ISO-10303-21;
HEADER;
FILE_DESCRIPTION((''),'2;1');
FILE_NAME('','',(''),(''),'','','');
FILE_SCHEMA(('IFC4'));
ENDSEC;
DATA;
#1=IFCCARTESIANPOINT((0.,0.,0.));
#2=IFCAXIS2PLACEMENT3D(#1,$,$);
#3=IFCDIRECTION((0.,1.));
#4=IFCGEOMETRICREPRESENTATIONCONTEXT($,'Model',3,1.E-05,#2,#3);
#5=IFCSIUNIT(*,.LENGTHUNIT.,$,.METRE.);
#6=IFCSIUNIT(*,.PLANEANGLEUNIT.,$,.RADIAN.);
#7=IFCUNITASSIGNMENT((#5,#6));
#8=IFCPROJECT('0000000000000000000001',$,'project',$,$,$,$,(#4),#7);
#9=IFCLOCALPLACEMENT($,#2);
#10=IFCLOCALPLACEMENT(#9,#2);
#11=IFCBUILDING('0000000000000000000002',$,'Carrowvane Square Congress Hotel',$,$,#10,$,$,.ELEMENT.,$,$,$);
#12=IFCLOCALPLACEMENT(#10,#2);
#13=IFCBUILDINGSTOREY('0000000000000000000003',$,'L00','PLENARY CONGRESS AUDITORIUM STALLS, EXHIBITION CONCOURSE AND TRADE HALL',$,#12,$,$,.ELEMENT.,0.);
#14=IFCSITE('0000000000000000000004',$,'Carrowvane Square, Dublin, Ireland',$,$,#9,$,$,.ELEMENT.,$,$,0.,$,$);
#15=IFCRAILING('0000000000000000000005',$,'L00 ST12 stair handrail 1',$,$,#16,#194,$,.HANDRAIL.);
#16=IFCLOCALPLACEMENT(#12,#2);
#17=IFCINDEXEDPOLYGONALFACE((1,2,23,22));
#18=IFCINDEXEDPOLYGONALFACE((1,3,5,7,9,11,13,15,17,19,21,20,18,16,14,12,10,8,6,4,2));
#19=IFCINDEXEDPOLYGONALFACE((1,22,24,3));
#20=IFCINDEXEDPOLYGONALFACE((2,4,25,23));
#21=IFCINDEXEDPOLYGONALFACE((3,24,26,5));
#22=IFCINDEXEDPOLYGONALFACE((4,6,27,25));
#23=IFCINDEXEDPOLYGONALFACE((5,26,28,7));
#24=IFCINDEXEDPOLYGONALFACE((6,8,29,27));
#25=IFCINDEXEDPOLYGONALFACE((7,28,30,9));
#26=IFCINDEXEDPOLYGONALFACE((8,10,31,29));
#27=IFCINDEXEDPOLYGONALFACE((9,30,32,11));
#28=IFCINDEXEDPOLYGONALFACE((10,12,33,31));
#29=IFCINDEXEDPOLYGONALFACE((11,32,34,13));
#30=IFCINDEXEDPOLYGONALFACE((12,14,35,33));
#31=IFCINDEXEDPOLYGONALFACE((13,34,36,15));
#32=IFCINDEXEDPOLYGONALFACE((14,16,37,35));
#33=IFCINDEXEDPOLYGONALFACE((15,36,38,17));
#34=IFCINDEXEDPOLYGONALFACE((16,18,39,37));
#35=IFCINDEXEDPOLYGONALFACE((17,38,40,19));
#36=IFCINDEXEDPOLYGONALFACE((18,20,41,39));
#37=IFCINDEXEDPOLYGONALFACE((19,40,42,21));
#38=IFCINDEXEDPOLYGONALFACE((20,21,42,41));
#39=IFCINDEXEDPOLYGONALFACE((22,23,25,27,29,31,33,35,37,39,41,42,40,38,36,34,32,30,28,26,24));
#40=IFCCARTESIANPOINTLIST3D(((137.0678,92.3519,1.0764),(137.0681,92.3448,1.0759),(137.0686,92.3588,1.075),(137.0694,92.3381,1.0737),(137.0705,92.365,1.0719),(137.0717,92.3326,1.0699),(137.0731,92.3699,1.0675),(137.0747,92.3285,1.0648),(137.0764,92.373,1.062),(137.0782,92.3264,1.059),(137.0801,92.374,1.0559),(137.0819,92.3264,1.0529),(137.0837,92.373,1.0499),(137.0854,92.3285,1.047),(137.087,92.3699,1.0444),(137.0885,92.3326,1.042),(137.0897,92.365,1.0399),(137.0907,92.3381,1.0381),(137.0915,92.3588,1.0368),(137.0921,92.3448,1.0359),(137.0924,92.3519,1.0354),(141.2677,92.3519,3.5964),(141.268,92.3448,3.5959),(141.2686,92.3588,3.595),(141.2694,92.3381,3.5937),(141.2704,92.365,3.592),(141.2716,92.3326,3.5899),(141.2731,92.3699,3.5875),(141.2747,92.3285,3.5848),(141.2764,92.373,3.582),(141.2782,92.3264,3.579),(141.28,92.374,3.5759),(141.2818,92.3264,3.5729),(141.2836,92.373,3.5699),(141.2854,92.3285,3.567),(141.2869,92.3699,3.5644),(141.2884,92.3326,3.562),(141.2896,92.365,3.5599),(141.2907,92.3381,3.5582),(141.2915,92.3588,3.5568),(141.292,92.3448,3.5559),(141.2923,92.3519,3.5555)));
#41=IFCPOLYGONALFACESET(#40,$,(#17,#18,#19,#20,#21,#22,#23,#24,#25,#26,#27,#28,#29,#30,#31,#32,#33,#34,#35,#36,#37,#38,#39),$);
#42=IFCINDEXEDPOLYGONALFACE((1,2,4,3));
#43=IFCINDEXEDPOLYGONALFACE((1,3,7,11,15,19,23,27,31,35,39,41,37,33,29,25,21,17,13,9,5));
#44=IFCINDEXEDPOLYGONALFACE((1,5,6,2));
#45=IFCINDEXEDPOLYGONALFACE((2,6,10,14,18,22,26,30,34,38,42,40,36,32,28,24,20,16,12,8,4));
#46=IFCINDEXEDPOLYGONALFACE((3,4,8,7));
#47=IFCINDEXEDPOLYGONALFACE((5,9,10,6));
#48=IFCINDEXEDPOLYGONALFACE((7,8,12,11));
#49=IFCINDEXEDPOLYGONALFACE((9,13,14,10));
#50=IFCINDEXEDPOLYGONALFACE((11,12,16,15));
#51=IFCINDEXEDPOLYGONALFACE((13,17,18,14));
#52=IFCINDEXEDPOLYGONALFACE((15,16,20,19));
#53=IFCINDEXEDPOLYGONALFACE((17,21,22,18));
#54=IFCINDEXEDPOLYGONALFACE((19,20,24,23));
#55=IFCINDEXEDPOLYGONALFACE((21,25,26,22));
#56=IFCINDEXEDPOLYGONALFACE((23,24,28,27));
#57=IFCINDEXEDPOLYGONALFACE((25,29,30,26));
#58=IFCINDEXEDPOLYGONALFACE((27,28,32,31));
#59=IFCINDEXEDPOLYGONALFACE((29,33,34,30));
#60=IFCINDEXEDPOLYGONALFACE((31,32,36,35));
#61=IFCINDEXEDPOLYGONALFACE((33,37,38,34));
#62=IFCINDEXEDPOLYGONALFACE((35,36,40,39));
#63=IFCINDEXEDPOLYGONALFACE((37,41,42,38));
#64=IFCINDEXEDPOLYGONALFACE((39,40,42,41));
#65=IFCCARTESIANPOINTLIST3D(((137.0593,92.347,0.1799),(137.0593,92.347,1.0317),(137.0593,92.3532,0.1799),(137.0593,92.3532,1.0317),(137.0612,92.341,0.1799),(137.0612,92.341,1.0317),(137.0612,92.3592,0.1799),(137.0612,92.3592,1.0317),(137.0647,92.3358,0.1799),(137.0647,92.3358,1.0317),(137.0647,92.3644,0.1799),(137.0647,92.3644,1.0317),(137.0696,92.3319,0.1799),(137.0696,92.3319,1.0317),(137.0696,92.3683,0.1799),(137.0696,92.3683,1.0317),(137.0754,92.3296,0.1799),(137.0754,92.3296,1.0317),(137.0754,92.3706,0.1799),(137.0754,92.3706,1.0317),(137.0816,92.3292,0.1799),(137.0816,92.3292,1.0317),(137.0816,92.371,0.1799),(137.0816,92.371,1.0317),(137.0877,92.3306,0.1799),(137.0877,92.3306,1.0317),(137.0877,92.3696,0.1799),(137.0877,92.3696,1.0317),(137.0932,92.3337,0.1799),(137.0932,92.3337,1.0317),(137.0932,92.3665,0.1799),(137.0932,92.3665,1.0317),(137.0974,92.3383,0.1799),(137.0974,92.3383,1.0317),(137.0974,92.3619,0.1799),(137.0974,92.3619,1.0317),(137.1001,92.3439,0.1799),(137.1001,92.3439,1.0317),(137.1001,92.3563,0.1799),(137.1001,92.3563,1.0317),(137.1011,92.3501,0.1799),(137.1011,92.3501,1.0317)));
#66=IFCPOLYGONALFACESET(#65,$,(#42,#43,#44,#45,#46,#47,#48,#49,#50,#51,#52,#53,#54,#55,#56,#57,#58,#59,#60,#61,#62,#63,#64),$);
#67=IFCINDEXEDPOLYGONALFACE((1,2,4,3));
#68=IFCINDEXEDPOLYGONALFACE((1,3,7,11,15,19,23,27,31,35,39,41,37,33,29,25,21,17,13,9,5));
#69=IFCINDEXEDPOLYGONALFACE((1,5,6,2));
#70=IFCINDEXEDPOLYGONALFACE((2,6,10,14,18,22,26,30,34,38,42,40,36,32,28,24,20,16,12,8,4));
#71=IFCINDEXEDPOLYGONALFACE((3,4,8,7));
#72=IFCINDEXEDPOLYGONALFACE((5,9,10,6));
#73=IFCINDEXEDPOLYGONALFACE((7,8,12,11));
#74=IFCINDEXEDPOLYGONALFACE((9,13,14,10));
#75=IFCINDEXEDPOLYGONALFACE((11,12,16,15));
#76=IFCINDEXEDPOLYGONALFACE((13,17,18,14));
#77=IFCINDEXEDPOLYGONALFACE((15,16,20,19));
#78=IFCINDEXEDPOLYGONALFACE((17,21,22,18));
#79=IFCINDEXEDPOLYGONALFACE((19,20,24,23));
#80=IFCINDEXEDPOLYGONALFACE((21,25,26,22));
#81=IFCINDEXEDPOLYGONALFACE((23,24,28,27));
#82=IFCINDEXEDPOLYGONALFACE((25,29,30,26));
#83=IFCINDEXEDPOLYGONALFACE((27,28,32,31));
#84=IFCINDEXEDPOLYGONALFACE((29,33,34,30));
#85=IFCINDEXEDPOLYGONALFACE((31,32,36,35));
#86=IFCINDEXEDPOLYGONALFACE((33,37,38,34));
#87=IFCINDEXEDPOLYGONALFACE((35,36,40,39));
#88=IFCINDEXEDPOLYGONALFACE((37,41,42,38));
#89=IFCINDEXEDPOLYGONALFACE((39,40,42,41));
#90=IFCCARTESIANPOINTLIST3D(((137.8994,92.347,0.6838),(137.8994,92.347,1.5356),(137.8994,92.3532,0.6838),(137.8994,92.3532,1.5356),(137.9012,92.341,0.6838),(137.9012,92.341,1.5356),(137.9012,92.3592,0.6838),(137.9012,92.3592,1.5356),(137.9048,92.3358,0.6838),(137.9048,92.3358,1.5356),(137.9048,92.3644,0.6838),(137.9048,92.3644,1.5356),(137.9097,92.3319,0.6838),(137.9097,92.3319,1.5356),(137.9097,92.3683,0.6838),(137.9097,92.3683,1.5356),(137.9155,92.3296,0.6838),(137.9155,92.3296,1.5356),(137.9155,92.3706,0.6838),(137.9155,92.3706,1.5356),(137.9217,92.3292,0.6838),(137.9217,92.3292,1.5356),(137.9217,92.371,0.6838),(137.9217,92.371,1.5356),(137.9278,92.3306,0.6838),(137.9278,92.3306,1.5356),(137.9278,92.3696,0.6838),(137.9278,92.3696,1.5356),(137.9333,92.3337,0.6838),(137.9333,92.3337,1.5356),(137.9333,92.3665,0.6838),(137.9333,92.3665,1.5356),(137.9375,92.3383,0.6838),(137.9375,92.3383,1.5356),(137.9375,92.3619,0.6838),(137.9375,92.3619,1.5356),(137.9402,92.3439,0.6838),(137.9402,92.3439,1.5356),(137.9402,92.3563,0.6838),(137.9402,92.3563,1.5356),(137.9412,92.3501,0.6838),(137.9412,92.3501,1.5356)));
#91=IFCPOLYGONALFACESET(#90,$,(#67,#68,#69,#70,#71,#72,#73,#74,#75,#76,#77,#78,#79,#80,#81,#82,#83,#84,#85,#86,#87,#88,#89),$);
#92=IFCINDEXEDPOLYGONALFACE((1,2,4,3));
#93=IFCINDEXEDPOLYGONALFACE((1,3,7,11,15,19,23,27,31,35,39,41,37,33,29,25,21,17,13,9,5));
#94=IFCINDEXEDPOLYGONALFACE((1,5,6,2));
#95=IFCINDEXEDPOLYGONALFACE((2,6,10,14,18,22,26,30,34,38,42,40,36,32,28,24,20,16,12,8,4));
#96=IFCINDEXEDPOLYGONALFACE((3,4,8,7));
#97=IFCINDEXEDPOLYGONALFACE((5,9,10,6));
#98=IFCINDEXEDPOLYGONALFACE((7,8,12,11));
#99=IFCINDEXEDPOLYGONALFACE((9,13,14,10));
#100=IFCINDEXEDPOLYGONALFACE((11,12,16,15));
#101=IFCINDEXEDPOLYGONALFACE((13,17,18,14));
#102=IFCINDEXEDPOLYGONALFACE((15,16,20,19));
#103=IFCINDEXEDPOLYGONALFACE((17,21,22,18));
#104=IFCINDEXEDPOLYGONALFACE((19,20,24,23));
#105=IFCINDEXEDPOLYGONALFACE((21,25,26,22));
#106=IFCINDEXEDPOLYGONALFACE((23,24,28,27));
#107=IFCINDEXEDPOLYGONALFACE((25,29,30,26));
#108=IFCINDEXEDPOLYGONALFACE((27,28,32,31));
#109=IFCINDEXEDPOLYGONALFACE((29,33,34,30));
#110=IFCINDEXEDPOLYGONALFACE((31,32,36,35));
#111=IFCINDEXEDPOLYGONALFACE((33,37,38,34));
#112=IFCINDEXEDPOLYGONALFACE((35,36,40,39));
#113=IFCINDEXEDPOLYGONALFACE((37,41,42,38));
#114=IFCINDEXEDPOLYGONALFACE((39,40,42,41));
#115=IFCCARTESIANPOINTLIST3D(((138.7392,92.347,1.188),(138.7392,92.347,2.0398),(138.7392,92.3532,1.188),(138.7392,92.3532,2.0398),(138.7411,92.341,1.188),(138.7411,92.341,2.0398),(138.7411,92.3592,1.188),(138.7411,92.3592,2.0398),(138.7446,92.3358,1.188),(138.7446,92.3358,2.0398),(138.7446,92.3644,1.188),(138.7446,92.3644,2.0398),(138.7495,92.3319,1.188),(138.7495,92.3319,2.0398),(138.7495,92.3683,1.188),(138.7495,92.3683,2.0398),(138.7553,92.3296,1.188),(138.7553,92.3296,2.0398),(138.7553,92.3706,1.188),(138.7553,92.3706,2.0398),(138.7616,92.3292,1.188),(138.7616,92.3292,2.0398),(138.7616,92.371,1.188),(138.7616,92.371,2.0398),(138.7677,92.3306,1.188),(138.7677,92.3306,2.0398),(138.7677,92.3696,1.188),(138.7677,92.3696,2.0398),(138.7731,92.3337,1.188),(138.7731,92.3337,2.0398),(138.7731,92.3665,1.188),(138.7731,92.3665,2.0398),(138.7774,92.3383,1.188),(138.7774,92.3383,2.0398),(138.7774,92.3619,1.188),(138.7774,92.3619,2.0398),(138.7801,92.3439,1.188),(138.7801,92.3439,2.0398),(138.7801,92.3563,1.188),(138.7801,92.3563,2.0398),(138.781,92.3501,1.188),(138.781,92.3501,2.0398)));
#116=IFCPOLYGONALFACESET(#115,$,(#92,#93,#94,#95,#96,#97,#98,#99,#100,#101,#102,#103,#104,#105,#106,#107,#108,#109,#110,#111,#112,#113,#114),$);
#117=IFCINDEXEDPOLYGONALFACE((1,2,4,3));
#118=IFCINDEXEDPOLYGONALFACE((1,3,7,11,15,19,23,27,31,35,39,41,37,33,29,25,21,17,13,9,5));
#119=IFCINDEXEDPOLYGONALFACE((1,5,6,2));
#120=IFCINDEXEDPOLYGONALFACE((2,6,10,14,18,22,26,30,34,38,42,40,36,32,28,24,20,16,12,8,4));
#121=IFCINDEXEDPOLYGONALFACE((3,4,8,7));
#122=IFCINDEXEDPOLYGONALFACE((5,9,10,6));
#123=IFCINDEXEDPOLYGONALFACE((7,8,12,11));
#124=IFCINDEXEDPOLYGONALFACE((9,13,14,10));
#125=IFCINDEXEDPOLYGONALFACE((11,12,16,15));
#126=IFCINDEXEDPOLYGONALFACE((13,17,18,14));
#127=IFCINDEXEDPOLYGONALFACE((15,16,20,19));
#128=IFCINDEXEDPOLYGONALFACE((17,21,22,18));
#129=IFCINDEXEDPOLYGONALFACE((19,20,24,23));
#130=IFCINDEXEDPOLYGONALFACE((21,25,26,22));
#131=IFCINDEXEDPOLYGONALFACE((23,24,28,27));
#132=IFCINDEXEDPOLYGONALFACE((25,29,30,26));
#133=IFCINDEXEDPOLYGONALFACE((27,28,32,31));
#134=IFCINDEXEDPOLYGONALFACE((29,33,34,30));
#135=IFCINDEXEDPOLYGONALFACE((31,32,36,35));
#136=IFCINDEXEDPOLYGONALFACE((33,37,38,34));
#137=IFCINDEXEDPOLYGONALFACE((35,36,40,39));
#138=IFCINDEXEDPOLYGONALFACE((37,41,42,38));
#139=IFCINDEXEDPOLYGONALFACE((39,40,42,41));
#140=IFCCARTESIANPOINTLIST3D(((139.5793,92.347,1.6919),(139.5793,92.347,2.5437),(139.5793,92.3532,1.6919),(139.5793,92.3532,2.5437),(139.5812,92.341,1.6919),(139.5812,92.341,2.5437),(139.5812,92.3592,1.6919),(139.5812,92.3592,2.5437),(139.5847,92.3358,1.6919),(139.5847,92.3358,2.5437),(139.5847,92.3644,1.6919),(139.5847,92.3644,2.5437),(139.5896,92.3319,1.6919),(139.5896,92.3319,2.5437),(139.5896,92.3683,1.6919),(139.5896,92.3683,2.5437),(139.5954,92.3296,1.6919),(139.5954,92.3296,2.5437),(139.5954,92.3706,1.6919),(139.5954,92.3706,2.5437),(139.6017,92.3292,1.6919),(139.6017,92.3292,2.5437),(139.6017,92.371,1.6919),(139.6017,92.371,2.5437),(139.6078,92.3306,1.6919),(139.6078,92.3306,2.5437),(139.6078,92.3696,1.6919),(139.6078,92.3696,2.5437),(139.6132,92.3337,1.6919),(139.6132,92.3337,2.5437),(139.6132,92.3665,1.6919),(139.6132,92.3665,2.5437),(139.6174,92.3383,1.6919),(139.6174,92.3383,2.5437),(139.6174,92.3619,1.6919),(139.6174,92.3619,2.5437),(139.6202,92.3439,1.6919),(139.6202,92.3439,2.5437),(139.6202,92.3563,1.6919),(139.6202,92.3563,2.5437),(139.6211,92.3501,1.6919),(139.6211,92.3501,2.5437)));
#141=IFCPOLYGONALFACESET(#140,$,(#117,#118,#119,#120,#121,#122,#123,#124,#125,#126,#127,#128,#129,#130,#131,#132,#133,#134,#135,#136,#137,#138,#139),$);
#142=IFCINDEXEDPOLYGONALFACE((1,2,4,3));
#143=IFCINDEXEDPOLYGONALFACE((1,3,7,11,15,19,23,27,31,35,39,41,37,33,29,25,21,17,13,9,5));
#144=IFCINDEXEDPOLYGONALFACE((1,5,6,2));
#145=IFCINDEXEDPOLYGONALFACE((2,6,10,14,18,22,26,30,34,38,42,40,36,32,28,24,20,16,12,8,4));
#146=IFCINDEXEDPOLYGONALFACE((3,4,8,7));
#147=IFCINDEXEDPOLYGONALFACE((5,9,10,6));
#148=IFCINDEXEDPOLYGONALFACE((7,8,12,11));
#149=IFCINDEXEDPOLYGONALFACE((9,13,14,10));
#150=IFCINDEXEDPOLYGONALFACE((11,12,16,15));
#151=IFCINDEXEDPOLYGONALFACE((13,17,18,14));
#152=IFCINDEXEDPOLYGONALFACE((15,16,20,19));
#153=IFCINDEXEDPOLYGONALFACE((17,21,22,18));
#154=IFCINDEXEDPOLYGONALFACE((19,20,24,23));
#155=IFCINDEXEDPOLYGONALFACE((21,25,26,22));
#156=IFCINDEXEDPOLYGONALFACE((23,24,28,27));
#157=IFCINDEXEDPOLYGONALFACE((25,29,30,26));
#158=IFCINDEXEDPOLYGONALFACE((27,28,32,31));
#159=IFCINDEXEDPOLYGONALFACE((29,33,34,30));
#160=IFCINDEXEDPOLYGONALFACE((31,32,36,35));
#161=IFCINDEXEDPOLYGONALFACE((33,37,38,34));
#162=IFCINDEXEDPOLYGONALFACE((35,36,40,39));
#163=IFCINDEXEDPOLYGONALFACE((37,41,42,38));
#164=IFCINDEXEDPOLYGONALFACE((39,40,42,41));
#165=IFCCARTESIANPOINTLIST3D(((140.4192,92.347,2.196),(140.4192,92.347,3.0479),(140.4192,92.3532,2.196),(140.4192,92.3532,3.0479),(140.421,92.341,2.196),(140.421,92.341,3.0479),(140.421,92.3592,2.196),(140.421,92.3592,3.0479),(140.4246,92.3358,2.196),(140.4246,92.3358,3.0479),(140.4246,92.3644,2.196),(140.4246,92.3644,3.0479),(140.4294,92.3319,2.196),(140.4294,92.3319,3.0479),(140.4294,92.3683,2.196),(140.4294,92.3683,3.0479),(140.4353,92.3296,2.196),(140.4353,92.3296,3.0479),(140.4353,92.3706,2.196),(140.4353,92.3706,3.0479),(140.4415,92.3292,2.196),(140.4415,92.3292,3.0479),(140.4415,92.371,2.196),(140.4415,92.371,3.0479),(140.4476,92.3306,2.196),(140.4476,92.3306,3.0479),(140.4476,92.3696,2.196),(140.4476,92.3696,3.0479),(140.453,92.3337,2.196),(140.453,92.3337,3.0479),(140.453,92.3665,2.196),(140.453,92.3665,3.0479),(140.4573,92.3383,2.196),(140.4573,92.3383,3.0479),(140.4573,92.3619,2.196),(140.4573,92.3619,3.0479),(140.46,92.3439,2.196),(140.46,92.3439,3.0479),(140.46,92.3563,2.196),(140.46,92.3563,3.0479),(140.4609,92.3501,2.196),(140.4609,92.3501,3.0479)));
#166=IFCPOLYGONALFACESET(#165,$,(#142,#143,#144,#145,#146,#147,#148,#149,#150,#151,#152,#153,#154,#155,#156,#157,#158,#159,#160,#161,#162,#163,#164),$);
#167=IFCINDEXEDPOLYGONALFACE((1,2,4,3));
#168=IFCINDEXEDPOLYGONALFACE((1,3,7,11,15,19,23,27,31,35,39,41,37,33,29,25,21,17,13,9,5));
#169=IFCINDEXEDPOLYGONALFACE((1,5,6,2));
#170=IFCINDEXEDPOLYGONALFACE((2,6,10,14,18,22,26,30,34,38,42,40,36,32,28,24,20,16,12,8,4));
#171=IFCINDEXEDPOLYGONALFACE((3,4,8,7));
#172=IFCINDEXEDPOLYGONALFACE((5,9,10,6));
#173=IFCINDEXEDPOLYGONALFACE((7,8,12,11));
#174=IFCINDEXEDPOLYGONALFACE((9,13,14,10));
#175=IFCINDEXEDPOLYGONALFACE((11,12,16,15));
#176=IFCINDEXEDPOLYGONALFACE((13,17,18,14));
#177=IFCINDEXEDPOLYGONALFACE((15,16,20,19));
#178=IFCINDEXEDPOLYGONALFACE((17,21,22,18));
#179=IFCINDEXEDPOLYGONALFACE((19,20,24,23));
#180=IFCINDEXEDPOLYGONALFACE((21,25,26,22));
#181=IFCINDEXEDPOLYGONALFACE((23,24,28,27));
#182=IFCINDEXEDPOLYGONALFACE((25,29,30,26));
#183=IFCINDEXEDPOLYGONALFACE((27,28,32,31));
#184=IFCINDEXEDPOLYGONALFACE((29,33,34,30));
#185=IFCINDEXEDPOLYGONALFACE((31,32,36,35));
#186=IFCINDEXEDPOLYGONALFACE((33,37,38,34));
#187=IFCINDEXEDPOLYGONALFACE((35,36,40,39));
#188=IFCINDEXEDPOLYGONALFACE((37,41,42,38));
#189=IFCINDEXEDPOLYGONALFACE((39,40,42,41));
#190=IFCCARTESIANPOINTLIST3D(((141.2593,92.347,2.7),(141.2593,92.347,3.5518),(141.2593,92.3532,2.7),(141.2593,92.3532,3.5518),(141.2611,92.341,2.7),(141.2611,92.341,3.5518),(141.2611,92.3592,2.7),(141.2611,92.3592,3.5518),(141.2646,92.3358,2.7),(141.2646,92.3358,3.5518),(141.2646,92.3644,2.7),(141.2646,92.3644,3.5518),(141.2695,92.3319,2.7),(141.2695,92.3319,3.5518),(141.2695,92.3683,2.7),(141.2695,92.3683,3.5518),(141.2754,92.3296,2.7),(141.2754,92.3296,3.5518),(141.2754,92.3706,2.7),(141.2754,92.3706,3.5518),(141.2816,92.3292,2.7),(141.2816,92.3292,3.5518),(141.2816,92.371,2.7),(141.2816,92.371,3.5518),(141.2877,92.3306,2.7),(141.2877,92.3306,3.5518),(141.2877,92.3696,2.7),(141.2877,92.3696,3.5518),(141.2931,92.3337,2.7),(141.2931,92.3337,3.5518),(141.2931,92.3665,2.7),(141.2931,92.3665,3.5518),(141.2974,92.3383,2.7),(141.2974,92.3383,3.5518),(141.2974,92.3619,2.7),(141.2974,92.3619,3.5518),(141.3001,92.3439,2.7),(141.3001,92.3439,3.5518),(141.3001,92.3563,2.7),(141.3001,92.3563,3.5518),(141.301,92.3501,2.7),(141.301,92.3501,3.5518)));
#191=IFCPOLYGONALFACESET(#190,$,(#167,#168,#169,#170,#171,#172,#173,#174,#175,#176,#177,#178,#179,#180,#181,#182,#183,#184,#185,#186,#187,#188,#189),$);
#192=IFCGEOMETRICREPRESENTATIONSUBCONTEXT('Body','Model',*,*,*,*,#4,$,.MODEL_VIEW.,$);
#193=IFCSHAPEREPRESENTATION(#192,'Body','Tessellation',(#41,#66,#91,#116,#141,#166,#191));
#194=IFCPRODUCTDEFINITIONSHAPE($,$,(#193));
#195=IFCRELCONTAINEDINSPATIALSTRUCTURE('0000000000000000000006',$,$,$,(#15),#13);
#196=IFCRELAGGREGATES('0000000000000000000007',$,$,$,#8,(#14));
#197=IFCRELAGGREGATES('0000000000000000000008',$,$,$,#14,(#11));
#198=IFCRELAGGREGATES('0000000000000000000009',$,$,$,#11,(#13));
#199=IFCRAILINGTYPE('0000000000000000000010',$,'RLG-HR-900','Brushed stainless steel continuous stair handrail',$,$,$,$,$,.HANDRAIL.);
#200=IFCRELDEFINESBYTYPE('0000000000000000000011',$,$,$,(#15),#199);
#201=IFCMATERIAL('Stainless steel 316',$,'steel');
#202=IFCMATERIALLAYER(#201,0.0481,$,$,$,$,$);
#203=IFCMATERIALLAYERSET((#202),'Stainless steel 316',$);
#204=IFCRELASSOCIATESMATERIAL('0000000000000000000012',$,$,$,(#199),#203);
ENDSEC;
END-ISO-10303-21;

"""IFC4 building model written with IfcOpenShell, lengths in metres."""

from ifc_helpers import new_model, si_unit, direction, frame, origin, origin_2d, place, context, subcontext, project, spatial, circle, extrude, material, layer, layer_set, type_object, element, save


model = new_model("IFC4")

# Units and contexts
model_context = context("Model", 3, precision=1e-05, world=origin(), true_north=direction((0.0, 1.0)))
body_context = subcontext(model_context, "Body", "Model", "MODEL_VIEW")
ifc_project = project(units=[si_unit("LENGTHUNIT", "METRE"), si_unit("PLANEANGLEUNIT", "RADIAN")], contexts=[model_context])

# Site, building, storey
site_placement = place(None, origin())
site = spatial("IfcSite", under=ifc_project, at=site_placement, Name="Carrowvane Square, Dublin, Ireland", CompositionType="ELEMENT", RefElevation=0.0)
building_placement = place(site_placement, origin())
building = spatial("IfcBuilding", under=site, at=building_placement, Name="Carrowvane Square Congress Hotel", CompositionType="ELEMENT")
storey_placement = place(building_placement, origin())
storey = spatial("IfcBuildingStorey", under=building, at=storey_placement, Name="L00", Description="PLENARY CONGRESS AUDITORIUM STALLS, EXHIBITION CONCOURSE AND TRADE HALL", CompositionType="ELEMENT", Elevation=0.0)

# Railing
ifc_material_1 = material(Name="Stainless steel 316", Category="steel")
ifc_layer_1 = layer(ifc_material_1, 0.0481)
ifc_layer_set_1 = layer_set([ifc_layer_1], Name="Stainless steel 316")
railing_type_1 = type_object("IfcRailingType", Name="RLG-HR-900", Description="Brushed stainless steel continuous stair handrail", PredefinedType="HANDRAIL", material=ifc_layer_set_1)
railing_1_placement = place(storey_placement, frame((137.0801, 92.3501, 0.1799)))
element("IfcRailing", 1, at=railing_1_placement, inside=storey, type_object=railing_type_1, Name="L00 ST12 stair handrail 1", PredefinedType="HANDRAIL", context=body_context, shape_type="SweptSolid", body=[
    extrude(circle(Radius=0.0239, at=origin_2d()), frame((0.0, 0.0, 0.876), z_axis=(0.857489, 0.0, 0.514503), x_axis=(0.0, 1.0, 0.0)), (0.0, 0.0, 1.0), 4.8979),
    extrude(circle(Radius=0.021, at=origin_2d()), origin(), (0.0, 0.0, 1.0), 0.8518),
    extrude(circle(Radius=0.021, at=origin_2d()), frame((0.8401, 0.0, 0.5039)), (0.0, 0.0, 1.0), 0.8518),
    extrude(circle(Radius=0.021, at=origin_2d()), frame((1.6799, 0.0, 1.0081)), (0.0, 0.0, 1.0), 0.8518),
    extrude(circle(Radius=0.021, at=origin_2d()), frame((2.52, 0.0, 1.512)), (0.0, 0.0, 1.0), 0.8518),
    extrude(circle(Radius=0.021, at=origin_2d()), frame((3.3599, 0.0, 2.0161)), (0.0, 0.0, 1.0), 0.8518),
    extrude(circle(Radius=0.021, at=origin_2d()), frame((4.2, 0.0, 2.52)), (0.0, 0.0, 1.0), 0.8518),
])

save(model, "model.ifc")
